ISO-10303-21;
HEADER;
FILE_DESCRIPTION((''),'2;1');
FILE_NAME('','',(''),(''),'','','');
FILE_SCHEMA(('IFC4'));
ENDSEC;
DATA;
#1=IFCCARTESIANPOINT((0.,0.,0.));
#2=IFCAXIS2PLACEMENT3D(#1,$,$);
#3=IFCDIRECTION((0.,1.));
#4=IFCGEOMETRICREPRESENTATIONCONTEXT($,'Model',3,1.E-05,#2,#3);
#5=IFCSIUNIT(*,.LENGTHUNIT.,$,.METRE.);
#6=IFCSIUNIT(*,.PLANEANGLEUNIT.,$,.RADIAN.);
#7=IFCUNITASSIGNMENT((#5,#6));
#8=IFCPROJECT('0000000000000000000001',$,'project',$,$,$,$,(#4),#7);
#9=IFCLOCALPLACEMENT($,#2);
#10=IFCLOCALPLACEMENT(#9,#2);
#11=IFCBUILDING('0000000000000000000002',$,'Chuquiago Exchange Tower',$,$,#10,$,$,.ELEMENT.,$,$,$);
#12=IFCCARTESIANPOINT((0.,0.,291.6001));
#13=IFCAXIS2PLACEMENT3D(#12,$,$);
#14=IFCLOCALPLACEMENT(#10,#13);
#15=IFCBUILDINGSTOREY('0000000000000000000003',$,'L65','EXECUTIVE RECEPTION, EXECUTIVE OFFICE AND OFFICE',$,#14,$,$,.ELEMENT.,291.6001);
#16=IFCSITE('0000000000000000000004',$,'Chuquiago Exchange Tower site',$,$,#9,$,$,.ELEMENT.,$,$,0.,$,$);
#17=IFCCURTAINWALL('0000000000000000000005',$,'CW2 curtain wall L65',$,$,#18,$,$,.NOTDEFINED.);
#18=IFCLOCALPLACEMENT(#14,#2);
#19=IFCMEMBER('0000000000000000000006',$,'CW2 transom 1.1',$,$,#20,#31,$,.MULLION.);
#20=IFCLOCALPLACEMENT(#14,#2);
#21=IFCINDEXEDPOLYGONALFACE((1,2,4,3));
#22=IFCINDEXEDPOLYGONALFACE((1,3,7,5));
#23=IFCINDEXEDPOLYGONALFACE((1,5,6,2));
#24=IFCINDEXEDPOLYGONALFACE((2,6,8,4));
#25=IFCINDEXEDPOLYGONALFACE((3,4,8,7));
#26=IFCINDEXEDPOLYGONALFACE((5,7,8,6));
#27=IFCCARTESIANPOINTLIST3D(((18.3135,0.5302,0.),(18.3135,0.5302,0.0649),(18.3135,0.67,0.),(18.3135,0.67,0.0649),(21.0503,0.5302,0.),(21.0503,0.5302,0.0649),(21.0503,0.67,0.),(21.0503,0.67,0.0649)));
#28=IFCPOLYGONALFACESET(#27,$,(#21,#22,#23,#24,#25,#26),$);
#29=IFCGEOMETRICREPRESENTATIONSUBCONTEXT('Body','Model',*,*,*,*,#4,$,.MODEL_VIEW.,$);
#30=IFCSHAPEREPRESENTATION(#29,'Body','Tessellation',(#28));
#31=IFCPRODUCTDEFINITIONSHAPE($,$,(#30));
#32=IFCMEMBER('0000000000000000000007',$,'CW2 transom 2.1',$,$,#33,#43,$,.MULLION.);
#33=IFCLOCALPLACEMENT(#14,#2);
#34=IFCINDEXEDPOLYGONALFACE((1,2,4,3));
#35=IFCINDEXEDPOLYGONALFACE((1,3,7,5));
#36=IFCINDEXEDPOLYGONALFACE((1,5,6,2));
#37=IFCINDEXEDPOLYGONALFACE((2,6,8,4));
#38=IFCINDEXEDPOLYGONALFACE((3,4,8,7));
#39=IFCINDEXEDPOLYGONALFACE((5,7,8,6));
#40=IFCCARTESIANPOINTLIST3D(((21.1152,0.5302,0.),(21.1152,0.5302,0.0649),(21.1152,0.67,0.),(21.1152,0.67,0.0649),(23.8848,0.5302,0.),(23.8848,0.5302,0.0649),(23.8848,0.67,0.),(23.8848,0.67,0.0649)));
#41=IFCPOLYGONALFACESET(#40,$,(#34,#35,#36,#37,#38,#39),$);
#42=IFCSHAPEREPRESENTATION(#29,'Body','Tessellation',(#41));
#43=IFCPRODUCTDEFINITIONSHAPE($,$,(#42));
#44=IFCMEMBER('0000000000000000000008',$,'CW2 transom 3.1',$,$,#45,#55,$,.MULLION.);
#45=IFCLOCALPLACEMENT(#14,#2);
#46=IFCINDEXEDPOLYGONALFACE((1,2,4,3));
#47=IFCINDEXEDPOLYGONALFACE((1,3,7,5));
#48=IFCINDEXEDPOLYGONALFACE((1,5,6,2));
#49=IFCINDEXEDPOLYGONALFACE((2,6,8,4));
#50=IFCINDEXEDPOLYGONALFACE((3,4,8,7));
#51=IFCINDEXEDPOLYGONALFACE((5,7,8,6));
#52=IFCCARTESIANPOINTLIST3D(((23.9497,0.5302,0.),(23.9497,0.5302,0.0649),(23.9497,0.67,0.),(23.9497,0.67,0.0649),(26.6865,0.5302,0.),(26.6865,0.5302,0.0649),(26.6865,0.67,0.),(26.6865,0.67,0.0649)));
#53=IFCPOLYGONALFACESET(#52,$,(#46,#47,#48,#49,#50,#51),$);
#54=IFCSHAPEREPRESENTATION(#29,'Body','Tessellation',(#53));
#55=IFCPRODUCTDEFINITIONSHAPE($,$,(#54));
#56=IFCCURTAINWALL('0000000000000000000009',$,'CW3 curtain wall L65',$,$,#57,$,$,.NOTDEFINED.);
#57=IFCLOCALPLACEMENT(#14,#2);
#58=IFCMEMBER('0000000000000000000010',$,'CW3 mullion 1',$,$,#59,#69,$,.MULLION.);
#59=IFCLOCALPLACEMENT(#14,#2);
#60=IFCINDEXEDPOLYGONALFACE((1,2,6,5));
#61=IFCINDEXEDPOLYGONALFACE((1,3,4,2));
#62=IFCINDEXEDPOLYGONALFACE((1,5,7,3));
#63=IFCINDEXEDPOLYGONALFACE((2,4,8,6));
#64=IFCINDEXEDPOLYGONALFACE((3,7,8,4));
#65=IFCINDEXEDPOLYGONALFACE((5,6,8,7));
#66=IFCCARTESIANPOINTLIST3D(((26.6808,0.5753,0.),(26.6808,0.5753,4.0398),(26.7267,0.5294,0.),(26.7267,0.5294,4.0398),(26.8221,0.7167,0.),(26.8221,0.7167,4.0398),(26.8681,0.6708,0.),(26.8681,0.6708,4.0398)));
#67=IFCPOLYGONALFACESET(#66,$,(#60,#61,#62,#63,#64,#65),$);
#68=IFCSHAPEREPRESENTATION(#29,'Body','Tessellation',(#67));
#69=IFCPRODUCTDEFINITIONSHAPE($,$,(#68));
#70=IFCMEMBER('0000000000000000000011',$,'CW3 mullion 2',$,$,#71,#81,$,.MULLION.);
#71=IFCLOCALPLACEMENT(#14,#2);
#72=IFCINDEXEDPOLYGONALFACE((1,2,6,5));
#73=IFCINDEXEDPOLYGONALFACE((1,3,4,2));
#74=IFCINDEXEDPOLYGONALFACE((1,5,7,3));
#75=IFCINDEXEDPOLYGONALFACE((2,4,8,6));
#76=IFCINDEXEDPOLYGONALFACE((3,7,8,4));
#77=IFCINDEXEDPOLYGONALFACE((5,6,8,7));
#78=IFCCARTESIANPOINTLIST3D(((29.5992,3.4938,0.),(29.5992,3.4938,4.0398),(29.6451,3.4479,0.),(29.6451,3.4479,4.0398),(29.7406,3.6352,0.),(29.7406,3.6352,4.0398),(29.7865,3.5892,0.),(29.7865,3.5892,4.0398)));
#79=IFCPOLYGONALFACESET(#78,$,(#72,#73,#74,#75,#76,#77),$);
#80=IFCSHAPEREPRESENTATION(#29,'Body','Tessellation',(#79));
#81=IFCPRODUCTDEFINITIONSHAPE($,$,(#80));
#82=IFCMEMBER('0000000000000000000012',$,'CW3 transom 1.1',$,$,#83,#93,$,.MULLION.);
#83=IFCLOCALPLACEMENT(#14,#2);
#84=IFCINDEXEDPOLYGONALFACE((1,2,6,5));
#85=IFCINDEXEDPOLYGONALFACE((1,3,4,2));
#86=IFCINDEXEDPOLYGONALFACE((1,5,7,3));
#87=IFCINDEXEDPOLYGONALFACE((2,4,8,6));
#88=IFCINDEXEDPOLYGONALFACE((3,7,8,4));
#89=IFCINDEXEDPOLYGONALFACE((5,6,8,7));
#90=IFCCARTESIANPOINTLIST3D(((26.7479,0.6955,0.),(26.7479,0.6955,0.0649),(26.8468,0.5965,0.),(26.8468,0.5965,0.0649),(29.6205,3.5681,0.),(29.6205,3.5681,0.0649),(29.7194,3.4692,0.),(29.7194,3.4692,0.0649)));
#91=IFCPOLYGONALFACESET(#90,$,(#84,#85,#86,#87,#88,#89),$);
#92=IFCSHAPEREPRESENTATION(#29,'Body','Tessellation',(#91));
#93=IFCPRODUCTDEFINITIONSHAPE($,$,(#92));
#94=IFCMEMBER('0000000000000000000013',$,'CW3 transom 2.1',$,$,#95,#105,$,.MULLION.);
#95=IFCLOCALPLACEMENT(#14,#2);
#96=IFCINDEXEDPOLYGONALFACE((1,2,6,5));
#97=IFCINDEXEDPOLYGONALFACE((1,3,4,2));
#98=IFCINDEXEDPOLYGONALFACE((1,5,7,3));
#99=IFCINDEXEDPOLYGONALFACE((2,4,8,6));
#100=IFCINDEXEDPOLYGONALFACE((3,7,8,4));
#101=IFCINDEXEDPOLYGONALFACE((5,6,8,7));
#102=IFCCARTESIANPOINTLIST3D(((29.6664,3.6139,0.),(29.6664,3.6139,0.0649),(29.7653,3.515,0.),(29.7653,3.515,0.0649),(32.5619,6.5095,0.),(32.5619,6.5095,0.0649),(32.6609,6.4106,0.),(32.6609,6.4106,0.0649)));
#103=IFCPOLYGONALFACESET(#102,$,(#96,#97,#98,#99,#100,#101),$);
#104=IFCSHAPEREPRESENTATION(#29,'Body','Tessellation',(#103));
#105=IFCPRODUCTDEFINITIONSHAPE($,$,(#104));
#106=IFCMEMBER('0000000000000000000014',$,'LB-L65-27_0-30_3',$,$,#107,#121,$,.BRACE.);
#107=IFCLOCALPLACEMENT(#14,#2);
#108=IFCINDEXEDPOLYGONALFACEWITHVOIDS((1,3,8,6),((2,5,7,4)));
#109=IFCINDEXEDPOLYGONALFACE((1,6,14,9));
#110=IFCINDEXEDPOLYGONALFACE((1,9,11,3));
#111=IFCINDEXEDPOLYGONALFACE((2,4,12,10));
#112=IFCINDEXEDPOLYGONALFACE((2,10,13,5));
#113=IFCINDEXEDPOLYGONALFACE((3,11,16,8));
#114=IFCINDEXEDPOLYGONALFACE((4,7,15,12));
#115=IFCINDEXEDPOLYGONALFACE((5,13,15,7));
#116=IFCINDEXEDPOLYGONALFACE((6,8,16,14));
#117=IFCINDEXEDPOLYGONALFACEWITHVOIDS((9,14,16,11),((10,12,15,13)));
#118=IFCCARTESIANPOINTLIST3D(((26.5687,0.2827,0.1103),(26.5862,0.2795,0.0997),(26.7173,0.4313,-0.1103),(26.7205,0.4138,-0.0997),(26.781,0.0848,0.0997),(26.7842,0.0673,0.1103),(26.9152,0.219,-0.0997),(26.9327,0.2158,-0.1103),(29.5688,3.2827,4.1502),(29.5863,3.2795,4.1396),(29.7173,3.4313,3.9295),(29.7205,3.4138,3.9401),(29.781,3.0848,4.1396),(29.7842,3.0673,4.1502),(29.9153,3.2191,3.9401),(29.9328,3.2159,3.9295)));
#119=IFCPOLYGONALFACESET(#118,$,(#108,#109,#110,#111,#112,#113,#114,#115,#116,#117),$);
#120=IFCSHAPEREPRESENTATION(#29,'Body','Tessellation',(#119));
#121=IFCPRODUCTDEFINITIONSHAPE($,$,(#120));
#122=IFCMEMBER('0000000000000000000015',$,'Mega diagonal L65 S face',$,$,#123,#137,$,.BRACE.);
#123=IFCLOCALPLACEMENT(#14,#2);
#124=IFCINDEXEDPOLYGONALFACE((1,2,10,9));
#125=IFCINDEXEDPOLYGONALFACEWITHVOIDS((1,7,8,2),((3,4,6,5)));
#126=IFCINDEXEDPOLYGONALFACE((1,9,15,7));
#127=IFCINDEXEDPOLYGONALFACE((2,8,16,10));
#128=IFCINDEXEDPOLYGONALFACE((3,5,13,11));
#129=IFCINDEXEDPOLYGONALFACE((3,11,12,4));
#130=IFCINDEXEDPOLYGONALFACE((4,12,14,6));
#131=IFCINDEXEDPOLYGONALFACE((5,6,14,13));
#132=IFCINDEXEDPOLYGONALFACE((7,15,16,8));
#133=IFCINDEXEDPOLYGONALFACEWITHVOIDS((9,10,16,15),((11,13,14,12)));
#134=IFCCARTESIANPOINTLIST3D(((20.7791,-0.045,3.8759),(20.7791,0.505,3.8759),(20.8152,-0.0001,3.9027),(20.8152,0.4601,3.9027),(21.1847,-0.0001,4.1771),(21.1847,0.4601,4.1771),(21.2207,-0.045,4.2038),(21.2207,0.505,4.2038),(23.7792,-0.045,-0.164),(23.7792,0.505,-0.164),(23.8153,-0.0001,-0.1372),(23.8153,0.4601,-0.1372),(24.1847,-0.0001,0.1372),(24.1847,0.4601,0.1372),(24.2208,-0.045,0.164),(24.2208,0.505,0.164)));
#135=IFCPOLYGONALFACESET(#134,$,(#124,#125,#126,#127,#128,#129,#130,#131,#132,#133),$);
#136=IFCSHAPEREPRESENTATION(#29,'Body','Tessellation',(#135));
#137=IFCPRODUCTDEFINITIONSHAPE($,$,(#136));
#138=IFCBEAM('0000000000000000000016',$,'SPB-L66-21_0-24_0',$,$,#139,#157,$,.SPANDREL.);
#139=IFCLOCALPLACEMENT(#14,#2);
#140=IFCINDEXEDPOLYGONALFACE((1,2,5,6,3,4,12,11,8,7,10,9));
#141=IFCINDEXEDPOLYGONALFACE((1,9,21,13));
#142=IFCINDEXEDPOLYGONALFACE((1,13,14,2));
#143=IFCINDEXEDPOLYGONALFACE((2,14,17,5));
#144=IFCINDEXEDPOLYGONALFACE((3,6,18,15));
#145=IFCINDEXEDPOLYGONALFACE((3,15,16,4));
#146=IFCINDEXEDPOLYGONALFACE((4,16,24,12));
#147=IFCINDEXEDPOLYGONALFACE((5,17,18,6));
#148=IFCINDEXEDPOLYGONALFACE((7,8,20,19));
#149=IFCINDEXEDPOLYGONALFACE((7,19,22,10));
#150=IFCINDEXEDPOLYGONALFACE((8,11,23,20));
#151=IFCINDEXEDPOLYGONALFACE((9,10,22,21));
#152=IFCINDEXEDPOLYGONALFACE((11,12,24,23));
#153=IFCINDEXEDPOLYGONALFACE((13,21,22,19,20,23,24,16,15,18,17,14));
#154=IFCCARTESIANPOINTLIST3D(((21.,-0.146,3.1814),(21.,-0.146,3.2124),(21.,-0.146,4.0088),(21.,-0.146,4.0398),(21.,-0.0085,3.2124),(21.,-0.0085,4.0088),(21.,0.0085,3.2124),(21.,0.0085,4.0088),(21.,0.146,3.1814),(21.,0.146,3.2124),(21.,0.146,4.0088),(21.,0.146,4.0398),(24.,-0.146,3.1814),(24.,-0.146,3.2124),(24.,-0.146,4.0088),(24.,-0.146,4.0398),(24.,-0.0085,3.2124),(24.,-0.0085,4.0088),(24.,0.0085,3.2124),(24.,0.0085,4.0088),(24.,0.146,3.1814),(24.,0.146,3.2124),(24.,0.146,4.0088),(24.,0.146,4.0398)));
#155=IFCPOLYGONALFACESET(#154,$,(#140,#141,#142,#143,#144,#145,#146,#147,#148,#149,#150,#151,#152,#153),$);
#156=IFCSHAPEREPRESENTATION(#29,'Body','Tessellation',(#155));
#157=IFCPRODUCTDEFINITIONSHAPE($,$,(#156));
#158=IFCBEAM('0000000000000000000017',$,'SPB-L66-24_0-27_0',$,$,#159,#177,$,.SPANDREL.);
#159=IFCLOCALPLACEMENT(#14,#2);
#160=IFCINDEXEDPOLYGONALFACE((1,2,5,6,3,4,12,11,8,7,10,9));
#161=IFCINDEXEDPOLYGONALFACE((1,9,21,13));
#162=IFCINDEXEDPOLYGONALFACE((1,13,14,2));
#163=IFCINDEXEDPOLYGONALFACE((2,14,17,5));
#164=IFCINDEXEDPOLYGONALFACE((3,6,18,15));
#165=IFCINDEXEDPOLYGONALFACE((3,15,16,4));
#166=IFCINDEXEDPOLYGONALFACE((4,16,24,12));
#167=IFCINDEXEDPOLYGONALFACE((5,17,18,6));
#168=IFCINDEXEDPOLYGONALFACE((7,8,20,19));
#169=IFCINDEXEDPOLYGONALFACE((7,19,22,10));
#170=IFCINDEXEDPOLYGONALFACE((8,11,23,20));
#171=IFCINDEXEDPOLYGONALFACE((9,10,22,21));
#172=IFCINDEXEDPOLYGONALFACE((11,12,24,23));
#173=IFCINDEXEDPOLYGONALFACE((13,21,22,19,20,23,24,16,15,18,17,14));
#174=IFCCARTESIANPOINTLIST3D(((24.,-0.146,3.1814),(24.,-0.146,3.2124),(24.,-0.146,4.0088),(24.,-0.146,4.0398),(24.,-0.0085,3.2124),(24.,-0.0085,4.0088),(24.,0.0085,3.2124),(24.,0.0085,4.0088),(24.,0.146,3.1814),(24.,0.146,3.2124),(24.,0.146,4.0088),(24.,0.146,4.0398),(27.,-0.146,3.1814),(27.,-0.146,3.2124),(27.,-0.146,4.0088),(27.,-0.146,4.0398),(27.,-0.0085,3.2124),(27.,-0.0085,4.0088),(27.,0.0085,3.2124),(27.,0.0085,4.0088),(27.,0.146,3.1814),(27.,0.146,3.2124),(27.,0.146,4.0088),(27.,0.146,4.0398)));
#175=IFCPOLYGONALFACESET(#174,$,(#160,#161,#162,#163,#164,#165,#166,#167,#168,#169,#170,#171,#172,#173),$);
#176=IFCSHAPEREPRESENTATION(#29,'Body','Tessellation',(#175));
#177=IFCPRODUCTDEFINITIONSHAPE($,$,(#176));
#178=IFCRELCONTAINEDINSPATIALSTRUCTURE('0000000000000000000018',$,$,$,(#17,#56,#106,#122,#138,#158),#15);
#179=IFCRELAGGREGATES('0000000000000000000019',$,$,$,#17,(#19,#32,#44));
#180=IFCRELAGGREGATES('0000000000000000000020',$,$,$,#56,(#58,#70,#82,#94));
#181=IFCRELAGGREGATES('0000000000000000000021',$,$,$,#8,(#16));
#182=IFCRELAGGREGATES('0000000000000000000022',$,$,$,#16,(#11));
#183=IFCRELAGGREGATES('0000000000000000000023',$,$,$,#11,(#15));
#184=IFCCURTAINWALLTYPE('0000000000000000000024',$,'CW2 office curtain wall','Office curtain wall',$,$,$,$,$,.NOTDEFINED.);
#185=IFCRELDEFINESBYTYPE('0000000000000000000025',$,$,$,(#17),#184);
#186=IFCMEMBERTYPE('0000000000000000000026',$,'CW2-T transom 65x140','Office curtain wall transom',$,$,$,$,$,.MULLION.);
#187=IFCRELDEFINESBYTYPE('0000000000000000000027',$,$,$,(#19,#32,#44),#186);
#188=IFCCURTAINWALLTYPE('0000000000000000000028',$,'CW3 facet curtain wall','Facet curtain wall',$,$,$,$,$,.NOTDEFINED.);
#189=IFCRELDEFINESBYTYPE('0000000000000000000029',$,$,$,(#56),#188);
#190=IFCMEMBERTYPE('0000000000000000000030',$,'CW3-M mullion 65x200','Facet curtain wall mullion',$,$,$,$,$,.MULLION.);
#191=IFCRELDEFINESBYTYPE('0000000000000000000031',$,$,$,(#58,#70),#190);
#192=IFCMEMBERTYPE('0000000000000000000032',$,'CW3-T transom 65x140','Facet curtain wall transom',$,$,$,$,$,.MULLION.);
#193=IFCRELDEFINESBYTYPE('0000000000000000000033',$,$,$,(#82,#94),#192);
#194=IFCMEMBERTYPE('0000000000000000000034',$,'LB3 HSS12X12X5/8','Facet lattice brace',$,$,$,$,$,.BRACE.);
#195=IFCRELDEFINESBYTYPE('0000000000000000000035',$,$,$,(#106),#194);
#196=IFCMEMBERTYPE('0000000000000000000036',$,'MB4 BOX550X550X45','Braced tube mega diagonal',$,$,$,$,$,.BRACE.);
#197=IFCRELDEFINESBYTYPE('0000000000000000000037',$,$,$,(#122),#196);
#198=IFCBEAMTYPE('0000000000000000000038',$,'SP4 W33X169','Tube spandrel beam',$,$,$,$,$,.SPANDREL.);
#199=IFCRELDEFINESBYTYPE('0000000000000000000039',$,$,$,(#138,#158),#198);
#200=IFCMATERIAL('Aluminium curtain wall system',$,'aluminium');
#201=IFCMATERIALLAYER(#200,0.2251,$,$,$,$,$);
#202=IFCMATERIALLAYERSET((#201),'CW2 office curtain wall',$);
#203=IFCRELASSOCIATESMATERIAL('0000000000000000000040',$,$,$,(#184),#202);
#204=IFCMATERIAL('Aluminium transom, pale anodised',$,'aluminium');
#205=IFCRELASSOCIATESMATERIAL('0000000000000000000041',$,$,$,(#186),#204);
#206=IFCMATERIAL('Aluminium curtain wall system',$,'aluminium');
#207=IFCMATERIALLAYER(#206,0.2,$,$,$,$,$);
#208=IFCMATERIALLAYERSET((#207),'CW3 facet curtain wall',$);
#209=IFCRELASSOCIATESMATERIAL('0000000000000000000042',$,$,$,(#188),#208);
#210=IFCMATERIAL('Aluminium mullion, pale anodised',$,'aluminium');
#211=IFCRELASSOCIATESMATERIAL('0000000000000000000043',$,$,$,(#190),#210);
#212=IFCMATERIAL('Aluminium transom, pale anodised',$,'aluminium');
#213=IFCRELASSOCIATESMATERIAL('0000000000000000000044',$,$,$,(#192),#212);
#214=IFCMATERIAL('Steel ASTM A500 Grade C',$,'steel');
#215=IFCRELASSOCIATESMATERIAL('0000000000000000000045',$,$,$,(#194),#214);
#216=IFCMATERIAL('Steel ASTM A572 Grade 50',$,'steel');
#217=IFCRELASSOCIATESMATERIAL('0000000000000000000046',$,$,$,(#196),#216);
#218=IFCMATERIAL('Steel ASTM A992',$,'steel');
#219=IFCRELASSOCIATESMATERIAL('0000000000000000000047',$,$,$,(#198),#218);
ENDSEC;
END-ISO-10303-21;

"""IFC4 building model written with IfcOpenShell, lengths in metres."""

from ifc_helpers import new_model, si_unit, direction, frame, origin, origin_2d, place, context, subcontext, project, spatial, rectangle, hollow_rectangle, i_section, extrude, material, layer, layer_set, material_profile, profile_set, type_object, element, aggregate, save


model = new_model("IFC4")

# Units and contexts
model_context = context("Model", 3, precision=1e-05, world=origin(), true_north=direction((0.0, 1.0)))
body_context = subcontext(model_context, "Body", "Model", "MODEL_VIEW")
ifc_project = project(units=[si_unit("LENGTHUNIT", "METRE"), si_unit("PLANEANGLEUNIT", "RADIAN")], contexts=[model_context])

# Site, building, storey
site_placement = place(None, origin())
site = spatial("IfcSite", under=ifc_project, at=site_placement, Name="Chuquiago Exchange Tower site", CompositionType="ELEMENT", RefElevation=0.0)
building_placement = place(site_placement, origin())
building = spatial("IfcBuilding", under=site, at=building_placement, Name="Chuquiago Exchange Tower", CompositionType="ELEMENT")
storey_placement = place(building_placement, frame((0.0, 0.0, 291.6001)))
storey = spatial("IfcBuildingStorey", under=building, at=storey_placement, Name="L65", Description="EXECUTIVE RECEPTION, EXECUTIVE OFFICE AND OFFICE", CompositionType="ELEMENT", Elevation=291.6001)

# Curtain walls, members
ifc_material_1 = material(Name="Aluminium curtain wall system", Category="aluminium")
ifc_layer_1 = layer(ifc_material_1, 0.2251)
ifc_layer_set_1 = layer_set([ifc_layer_1], Name="CW2 office curtain wall")
curtain_wall_type_1 = type_object("IfcCurtainWallType", Name="CW2 office curtain wall", Description="Office curtain wall", PredefinedType="NOTDEFINED", material=ifc_layer_set_1)
curtain_wall_1_placement = place(storey_placement, origin())
curtain_wall_1 = element("IfcCurtainWall", 1, at=curtain_wall_1_placement, inside=storey, type_object=curtain_wall_type_1, Name="CW2 curtain wall L65", PredefinedType="NOTDEFINED")
ifc_material_2 = material(Name="Aluminium transom, pale anodised", Category="aluminium")
ifc_material_profile_1 = material_profile(ifc_material_2, rectangle(XDim=0.1399, YDim=0.0649, at=origin_2d()), Name="AL 140x65")
ifc_profile_set_1 = profile_set([ifc_material_profile_1], Name="Aluminium transom, pale anodised")
member_type_1 = type_object("IfcMemberType", Name="CW2-T transom 65x140", Description="Office curtain wall transom", PredefinedType="MULLION", material=ifc_profile_set_1)
member_1_placement = place(storey_placement, frame((18.3135, 0.6001, 0.0325), z_axis=(1.0, 0.0, 0.0), x_axis=(0.0, 1.0, 0.0)))
member_1 = element("IfcMember", 2, at=member_1_placement, type_object=member_type_1, Name="CW2 transom 1.1", PredefinedType="MULLION", context=body_context, shape_type="SweptSolid", body=[
    extrude(rectangle(XDim=0.1399, YDim=0.0649, at=origin_2d()), origin(), (0.0, 0.0, 1.0), 2.7368),
])
member_2_placement = place(storey_placement, frame((21.1152, 0.6001, 0.0325), z_axis=(1.0, 0.0, 0.0), x_axis=(0.0, 1.0, 0.0)))
member_2 = element("IfcMember", 3, at=member_2_placement, type_object=member_type_1, Name="CW2 transom 2.1", PredefinedType="MULLION", context=body_context, shape_type="SweptSolid", body=[
    extrude(rectangle(XDim=0.1399, YDim=0.0649, at=origin_2d()), origin(), (0.0, 0.0, 1.0), 2.7695),
])
member_3_placement = place(storey_placement, frame((23.9497, 0.6001, 0.0325), z_axis=(1.0, 0.0, 0.0), x_axis=(0.0, 1.0, 0.0)))
member_3 = element("IfcMember", 4, at=member_3_placement, type_object=member_type_1, Name="CW2 transom 3.1", PredefinedType="MULLION", context=body_context, shape_type="SweptSolid", body=[
    extrude(rectangle(XDim=0.1399, YDim=0.0649, at=origin_2d()), origin(), (0.0, 0.0, 1.0), 2.7368),
])
ifc_material_3 = material(Name="Aluminium curtain wall system", Category="aluminium")
ifc_layer_2 = layer(ifc_material_3, 0.2)
ifc_layer_set_2 = layer_set([ifc_layer_2], Name="CW3 facet curtain wall")
curtain_wall_type_2 = type_object("IfcCurtainWallType", Name="CW3 facet curtain wall", Description="Facet curtain wall", PredefinedType="NOTDEFINED", material=ifc_layer_set_2)
curtain_wall_2_placement = place(storey_placement, origin())
curtain_wall_2 = element("IfcCurtainWall", 5, at=curtain_wall_2_placement, inside=storey, type_object=curtain_wall_type_2, Name="CW3 curtain wall L65", PredefinedType="NOTDEFINED")
ifc_material_4 = material(Name="Aluminium mullion, pale anodised", Category="aluminium")
ifc_material_profile_2 = material_profile(ifc_material_4, rectangle(XDim=0.0649, YDim=0.2, at=origin_2d()), Name="AL 65x200")
ifc_profile_set_2 = profile_set([ifc_material_profile_2], Name="Aluminium mullion, pale anodised")
member_type_2 = type_object("IfcMemberType", Name="CW3-M mullion 65x200", Description="Facet curtain wall mullion", PredefinedType="MULLION", material=ifc_profile_set_2)
member_4_placement = place(storey_placement, frame((26.7744, 0.623, 0.0), z_axis=(0.0, 0.0, 1.0), x_axis=(-0.707107, 0.707107, 0.0)))
member_4 = element("IfcMember", 6, at=member_4_placement, type_object=member_type_2, Name="CW3 mullion 1", PredefinedType="MULLION", context=body_context, shape_type="SweptSolid", body=[
    extrude(rectangle(XDim=0.0649, YDim=0.2, at=origin_2d()), origin(), (0.0, 0.0, 1.0), 4.0398),
])
member_5_placement = place(storey_placement, frame((29.6929, 3.5415, 0.0), z_axis=(0.0, 0.0, 1.0), x_axis=(-0.707107, 0.707107, 0.0)))
member_5 = element("IfcMember", 7, at=member_5_placement, type_object=member_type_2, Name="CW3 mullion 2", PredefinedType="MULLION", context=body_context, shape_type="SweptSolid", body=[
    extrude(rectangle(XDim=0.0649, YDim=0.2, at=origin_2d()), origin(), (0.0, 0.0, 1.0), 4.0398),
])
ifc_material_5 = material(Name="Aluminium transom, pale anodised", Category="aluminium")
ifc_material_profile_3 = material_profile(ifc_material_5, rectangle(XDim=0.1399, YDim=0.0649, at=origin_2d()), Name="AL 140x65")
ifc_profile_set_3 = profile_set([ifc_material_profile_3], Name="Aluminium transom, pale anodised")
member_type_3 = type_object("IfcMemberType", Name="CW3-T transom 65x140", Description="Facet curtain wall transom", PredefinedType="MULLION", material=ifc_profile_set_3)
member_6_placement = place(storey_placement, frame((26.7974, 0.646, 0.0325), z_axis=(0.707107, 0.707107, 0.0), x_axis=(-0.707107, 0.707107, 0.0)))
member_6 = element("IfcMember", 8, at=member_6_placement, type_object=member_type_3, Name="CW3 transom 1.1", PredefinedType="MULLION", context=body_context, shape_type="SweptSolid", body=[
    extrude(rectangle(XDim=0.1399, YDim=0.0649, at=origin_2d()), origin(), (0.0, 0.0, 1.0), 4.0625),
])
member_7_placement = place(storey_placement, frame((29.7158, 3.5645, 0.0325), z_axis=(0.707107, 0.707107, 0.0), x_axis=(-0.707107, 0.707107, 0.0)))
member_7 = element("IfcMember", 9, at=member_7_placement, type_object=member_type_3, Name="CW3 transom 2.1", PredefinedType="MULLION", context=body_context, shape_type="SweptSolid", body=[
    extrude(rectangle(XDim=0.1399, YDim=0.0649, at=origin_2d()), origin(), (0.0, 0.0, 1.0), 4.095),
])

# Members
ifc_material_6 = material(Name="Steel ASTM A500 Grade C", Category="steel")
ifc_material_profile_4 = material_profile(ifc_material_6, hollow_rectangle(XDim=0.3047, YDim=0.3047, WallThickness=0.0146, at=origin_2d()), Name="HSS12X12X5/8")
ifc_profile_set_4 = profile_set([ifc_material_profile_4], Name="Steel ASTM A500 Grade C")
member_type_4 = type_object("IfcMemberType", Name="LB3 HSS12X12X5/8", Description="Facet lattice brace", PredefinedType="BRACE", material=ifc_profile_set_4)
member_8_placement = place(storey_placement, frame((26.7507, 0.2493, 0.0), z_axis=(0.512092, 0.512092, 0.689582), x_axis=(-0.707107, 0.707107, 0.0)))
element("IfcMember", 10, at=member_8_placement, inside=storey, type_object=member_type_4, Name="LB-L65-27_0-30_3", PredefinedType="BRACE", context=body_context, shape_type="SweptSolid", body=[
    extrude(hollow_rectangle(XDim=0.3047, YDim=0.3047, WallThickness=0.0146, at=origin_2d()), origin(), (0.0, 0.0, 1.0), 5.8584),
])
ifc_material_7 = material(Name="Steel ASTM A572 Grade 50", Category="steel")
ifc_material_profile_5 = material_profile(ifc_material_7, hollow_rectangle(XDim=0.55, YDim=0.55, WallThickness=0.0449, at=origin_2d()), Name="BOX550X550X45")
ifc_profile_set_5 = profile_set([ifc_material_profile_5], Name="Steel ASTM A572 Grade 50")
member_type_5 = type_object("IfcMemberType", Name="MB4 BOX550X550X45", Description="Braced tube mega diagonal", PredefinedType="BRACE", material=ifc_profile_set_5)
member_9_placement = place(storey_placement, frame((24.0, 0.23, 0.0), z_axis=(-0.596197, 0.0, 0.802838), x_axis=(0.0, -1.0, 0.0)))
element("IfcMember", 11, at=member_9_placement, inside=storey, type_object=member_type_5, Name="Mega diagonal L65 S face", PredefinedType="BRACE", context=body_context, shape_type="SweptSolid", body=[
    extrude(hollow_rectangle(XDim=0.55, YDim=0.55, WallThickness=0.0449, at=origin_2d()), origin(), (0.0, 0.0, 1.0), 5.032),
])

# Beams
ifc_material_8 = material(Name="Steel ASTM A992", Category="steel")
ifc_material_profile_6 = material_profile(ifc_material_8, i_section(OverallWidth=0.292, OverallDepth=0.8584, WebThickness=0.0171, FlangeThickness=0.031, at=origin_2d()), Name="W33X169")
ifc_profile_set_6 = profile_set([ifc_material_profile_6], Name="Steel ASTM A992")
beam_type_1 = type_object("IfcBeamType", Name="SP4 W33X169", Description="Tube spandrel beam", PredefinedType="SPANDREL", material=ifc_profile_set_6)
for number, where, z_axis, x_axis, name in (
    (12, (21.0, 0.0, 3.6106), (1.0, 0.0, 0.0), (0.0, 1.0, 0.0), "SPB-L66-21_0-24_0"),
    (13, (24.0, 0.0, 3.6106), (1.0, 0.0, 0.0), (0.0, 1.0, 0.0), "SPB-L66-24_0-27_0"),
):
    element("IfcBeam", number, at=place(storey_placement, frame(where, z_axis=z_axis, x_axis=x_axis)), inside=storey, type_object=beam_type_1, Name=name, PredefinedType="SPANDREL", context=body_context, shape_type="SweptSolid", body=[
        extrude(i_section(OverallWidth=0.292, OverallDepth=0.8584, WebThickness=0.0171, FlangeThickness=0.031, at=origin_2d()), origin(), (0.0, 0.0, 1.0), 3.0),
    ])

aggregate(curtain_wall_1, [member_1, member_2, member_3])
aggregate(curtain_wall_2, [member_4, member_5, member_6, member_7])

save(model, "model.ifc")
